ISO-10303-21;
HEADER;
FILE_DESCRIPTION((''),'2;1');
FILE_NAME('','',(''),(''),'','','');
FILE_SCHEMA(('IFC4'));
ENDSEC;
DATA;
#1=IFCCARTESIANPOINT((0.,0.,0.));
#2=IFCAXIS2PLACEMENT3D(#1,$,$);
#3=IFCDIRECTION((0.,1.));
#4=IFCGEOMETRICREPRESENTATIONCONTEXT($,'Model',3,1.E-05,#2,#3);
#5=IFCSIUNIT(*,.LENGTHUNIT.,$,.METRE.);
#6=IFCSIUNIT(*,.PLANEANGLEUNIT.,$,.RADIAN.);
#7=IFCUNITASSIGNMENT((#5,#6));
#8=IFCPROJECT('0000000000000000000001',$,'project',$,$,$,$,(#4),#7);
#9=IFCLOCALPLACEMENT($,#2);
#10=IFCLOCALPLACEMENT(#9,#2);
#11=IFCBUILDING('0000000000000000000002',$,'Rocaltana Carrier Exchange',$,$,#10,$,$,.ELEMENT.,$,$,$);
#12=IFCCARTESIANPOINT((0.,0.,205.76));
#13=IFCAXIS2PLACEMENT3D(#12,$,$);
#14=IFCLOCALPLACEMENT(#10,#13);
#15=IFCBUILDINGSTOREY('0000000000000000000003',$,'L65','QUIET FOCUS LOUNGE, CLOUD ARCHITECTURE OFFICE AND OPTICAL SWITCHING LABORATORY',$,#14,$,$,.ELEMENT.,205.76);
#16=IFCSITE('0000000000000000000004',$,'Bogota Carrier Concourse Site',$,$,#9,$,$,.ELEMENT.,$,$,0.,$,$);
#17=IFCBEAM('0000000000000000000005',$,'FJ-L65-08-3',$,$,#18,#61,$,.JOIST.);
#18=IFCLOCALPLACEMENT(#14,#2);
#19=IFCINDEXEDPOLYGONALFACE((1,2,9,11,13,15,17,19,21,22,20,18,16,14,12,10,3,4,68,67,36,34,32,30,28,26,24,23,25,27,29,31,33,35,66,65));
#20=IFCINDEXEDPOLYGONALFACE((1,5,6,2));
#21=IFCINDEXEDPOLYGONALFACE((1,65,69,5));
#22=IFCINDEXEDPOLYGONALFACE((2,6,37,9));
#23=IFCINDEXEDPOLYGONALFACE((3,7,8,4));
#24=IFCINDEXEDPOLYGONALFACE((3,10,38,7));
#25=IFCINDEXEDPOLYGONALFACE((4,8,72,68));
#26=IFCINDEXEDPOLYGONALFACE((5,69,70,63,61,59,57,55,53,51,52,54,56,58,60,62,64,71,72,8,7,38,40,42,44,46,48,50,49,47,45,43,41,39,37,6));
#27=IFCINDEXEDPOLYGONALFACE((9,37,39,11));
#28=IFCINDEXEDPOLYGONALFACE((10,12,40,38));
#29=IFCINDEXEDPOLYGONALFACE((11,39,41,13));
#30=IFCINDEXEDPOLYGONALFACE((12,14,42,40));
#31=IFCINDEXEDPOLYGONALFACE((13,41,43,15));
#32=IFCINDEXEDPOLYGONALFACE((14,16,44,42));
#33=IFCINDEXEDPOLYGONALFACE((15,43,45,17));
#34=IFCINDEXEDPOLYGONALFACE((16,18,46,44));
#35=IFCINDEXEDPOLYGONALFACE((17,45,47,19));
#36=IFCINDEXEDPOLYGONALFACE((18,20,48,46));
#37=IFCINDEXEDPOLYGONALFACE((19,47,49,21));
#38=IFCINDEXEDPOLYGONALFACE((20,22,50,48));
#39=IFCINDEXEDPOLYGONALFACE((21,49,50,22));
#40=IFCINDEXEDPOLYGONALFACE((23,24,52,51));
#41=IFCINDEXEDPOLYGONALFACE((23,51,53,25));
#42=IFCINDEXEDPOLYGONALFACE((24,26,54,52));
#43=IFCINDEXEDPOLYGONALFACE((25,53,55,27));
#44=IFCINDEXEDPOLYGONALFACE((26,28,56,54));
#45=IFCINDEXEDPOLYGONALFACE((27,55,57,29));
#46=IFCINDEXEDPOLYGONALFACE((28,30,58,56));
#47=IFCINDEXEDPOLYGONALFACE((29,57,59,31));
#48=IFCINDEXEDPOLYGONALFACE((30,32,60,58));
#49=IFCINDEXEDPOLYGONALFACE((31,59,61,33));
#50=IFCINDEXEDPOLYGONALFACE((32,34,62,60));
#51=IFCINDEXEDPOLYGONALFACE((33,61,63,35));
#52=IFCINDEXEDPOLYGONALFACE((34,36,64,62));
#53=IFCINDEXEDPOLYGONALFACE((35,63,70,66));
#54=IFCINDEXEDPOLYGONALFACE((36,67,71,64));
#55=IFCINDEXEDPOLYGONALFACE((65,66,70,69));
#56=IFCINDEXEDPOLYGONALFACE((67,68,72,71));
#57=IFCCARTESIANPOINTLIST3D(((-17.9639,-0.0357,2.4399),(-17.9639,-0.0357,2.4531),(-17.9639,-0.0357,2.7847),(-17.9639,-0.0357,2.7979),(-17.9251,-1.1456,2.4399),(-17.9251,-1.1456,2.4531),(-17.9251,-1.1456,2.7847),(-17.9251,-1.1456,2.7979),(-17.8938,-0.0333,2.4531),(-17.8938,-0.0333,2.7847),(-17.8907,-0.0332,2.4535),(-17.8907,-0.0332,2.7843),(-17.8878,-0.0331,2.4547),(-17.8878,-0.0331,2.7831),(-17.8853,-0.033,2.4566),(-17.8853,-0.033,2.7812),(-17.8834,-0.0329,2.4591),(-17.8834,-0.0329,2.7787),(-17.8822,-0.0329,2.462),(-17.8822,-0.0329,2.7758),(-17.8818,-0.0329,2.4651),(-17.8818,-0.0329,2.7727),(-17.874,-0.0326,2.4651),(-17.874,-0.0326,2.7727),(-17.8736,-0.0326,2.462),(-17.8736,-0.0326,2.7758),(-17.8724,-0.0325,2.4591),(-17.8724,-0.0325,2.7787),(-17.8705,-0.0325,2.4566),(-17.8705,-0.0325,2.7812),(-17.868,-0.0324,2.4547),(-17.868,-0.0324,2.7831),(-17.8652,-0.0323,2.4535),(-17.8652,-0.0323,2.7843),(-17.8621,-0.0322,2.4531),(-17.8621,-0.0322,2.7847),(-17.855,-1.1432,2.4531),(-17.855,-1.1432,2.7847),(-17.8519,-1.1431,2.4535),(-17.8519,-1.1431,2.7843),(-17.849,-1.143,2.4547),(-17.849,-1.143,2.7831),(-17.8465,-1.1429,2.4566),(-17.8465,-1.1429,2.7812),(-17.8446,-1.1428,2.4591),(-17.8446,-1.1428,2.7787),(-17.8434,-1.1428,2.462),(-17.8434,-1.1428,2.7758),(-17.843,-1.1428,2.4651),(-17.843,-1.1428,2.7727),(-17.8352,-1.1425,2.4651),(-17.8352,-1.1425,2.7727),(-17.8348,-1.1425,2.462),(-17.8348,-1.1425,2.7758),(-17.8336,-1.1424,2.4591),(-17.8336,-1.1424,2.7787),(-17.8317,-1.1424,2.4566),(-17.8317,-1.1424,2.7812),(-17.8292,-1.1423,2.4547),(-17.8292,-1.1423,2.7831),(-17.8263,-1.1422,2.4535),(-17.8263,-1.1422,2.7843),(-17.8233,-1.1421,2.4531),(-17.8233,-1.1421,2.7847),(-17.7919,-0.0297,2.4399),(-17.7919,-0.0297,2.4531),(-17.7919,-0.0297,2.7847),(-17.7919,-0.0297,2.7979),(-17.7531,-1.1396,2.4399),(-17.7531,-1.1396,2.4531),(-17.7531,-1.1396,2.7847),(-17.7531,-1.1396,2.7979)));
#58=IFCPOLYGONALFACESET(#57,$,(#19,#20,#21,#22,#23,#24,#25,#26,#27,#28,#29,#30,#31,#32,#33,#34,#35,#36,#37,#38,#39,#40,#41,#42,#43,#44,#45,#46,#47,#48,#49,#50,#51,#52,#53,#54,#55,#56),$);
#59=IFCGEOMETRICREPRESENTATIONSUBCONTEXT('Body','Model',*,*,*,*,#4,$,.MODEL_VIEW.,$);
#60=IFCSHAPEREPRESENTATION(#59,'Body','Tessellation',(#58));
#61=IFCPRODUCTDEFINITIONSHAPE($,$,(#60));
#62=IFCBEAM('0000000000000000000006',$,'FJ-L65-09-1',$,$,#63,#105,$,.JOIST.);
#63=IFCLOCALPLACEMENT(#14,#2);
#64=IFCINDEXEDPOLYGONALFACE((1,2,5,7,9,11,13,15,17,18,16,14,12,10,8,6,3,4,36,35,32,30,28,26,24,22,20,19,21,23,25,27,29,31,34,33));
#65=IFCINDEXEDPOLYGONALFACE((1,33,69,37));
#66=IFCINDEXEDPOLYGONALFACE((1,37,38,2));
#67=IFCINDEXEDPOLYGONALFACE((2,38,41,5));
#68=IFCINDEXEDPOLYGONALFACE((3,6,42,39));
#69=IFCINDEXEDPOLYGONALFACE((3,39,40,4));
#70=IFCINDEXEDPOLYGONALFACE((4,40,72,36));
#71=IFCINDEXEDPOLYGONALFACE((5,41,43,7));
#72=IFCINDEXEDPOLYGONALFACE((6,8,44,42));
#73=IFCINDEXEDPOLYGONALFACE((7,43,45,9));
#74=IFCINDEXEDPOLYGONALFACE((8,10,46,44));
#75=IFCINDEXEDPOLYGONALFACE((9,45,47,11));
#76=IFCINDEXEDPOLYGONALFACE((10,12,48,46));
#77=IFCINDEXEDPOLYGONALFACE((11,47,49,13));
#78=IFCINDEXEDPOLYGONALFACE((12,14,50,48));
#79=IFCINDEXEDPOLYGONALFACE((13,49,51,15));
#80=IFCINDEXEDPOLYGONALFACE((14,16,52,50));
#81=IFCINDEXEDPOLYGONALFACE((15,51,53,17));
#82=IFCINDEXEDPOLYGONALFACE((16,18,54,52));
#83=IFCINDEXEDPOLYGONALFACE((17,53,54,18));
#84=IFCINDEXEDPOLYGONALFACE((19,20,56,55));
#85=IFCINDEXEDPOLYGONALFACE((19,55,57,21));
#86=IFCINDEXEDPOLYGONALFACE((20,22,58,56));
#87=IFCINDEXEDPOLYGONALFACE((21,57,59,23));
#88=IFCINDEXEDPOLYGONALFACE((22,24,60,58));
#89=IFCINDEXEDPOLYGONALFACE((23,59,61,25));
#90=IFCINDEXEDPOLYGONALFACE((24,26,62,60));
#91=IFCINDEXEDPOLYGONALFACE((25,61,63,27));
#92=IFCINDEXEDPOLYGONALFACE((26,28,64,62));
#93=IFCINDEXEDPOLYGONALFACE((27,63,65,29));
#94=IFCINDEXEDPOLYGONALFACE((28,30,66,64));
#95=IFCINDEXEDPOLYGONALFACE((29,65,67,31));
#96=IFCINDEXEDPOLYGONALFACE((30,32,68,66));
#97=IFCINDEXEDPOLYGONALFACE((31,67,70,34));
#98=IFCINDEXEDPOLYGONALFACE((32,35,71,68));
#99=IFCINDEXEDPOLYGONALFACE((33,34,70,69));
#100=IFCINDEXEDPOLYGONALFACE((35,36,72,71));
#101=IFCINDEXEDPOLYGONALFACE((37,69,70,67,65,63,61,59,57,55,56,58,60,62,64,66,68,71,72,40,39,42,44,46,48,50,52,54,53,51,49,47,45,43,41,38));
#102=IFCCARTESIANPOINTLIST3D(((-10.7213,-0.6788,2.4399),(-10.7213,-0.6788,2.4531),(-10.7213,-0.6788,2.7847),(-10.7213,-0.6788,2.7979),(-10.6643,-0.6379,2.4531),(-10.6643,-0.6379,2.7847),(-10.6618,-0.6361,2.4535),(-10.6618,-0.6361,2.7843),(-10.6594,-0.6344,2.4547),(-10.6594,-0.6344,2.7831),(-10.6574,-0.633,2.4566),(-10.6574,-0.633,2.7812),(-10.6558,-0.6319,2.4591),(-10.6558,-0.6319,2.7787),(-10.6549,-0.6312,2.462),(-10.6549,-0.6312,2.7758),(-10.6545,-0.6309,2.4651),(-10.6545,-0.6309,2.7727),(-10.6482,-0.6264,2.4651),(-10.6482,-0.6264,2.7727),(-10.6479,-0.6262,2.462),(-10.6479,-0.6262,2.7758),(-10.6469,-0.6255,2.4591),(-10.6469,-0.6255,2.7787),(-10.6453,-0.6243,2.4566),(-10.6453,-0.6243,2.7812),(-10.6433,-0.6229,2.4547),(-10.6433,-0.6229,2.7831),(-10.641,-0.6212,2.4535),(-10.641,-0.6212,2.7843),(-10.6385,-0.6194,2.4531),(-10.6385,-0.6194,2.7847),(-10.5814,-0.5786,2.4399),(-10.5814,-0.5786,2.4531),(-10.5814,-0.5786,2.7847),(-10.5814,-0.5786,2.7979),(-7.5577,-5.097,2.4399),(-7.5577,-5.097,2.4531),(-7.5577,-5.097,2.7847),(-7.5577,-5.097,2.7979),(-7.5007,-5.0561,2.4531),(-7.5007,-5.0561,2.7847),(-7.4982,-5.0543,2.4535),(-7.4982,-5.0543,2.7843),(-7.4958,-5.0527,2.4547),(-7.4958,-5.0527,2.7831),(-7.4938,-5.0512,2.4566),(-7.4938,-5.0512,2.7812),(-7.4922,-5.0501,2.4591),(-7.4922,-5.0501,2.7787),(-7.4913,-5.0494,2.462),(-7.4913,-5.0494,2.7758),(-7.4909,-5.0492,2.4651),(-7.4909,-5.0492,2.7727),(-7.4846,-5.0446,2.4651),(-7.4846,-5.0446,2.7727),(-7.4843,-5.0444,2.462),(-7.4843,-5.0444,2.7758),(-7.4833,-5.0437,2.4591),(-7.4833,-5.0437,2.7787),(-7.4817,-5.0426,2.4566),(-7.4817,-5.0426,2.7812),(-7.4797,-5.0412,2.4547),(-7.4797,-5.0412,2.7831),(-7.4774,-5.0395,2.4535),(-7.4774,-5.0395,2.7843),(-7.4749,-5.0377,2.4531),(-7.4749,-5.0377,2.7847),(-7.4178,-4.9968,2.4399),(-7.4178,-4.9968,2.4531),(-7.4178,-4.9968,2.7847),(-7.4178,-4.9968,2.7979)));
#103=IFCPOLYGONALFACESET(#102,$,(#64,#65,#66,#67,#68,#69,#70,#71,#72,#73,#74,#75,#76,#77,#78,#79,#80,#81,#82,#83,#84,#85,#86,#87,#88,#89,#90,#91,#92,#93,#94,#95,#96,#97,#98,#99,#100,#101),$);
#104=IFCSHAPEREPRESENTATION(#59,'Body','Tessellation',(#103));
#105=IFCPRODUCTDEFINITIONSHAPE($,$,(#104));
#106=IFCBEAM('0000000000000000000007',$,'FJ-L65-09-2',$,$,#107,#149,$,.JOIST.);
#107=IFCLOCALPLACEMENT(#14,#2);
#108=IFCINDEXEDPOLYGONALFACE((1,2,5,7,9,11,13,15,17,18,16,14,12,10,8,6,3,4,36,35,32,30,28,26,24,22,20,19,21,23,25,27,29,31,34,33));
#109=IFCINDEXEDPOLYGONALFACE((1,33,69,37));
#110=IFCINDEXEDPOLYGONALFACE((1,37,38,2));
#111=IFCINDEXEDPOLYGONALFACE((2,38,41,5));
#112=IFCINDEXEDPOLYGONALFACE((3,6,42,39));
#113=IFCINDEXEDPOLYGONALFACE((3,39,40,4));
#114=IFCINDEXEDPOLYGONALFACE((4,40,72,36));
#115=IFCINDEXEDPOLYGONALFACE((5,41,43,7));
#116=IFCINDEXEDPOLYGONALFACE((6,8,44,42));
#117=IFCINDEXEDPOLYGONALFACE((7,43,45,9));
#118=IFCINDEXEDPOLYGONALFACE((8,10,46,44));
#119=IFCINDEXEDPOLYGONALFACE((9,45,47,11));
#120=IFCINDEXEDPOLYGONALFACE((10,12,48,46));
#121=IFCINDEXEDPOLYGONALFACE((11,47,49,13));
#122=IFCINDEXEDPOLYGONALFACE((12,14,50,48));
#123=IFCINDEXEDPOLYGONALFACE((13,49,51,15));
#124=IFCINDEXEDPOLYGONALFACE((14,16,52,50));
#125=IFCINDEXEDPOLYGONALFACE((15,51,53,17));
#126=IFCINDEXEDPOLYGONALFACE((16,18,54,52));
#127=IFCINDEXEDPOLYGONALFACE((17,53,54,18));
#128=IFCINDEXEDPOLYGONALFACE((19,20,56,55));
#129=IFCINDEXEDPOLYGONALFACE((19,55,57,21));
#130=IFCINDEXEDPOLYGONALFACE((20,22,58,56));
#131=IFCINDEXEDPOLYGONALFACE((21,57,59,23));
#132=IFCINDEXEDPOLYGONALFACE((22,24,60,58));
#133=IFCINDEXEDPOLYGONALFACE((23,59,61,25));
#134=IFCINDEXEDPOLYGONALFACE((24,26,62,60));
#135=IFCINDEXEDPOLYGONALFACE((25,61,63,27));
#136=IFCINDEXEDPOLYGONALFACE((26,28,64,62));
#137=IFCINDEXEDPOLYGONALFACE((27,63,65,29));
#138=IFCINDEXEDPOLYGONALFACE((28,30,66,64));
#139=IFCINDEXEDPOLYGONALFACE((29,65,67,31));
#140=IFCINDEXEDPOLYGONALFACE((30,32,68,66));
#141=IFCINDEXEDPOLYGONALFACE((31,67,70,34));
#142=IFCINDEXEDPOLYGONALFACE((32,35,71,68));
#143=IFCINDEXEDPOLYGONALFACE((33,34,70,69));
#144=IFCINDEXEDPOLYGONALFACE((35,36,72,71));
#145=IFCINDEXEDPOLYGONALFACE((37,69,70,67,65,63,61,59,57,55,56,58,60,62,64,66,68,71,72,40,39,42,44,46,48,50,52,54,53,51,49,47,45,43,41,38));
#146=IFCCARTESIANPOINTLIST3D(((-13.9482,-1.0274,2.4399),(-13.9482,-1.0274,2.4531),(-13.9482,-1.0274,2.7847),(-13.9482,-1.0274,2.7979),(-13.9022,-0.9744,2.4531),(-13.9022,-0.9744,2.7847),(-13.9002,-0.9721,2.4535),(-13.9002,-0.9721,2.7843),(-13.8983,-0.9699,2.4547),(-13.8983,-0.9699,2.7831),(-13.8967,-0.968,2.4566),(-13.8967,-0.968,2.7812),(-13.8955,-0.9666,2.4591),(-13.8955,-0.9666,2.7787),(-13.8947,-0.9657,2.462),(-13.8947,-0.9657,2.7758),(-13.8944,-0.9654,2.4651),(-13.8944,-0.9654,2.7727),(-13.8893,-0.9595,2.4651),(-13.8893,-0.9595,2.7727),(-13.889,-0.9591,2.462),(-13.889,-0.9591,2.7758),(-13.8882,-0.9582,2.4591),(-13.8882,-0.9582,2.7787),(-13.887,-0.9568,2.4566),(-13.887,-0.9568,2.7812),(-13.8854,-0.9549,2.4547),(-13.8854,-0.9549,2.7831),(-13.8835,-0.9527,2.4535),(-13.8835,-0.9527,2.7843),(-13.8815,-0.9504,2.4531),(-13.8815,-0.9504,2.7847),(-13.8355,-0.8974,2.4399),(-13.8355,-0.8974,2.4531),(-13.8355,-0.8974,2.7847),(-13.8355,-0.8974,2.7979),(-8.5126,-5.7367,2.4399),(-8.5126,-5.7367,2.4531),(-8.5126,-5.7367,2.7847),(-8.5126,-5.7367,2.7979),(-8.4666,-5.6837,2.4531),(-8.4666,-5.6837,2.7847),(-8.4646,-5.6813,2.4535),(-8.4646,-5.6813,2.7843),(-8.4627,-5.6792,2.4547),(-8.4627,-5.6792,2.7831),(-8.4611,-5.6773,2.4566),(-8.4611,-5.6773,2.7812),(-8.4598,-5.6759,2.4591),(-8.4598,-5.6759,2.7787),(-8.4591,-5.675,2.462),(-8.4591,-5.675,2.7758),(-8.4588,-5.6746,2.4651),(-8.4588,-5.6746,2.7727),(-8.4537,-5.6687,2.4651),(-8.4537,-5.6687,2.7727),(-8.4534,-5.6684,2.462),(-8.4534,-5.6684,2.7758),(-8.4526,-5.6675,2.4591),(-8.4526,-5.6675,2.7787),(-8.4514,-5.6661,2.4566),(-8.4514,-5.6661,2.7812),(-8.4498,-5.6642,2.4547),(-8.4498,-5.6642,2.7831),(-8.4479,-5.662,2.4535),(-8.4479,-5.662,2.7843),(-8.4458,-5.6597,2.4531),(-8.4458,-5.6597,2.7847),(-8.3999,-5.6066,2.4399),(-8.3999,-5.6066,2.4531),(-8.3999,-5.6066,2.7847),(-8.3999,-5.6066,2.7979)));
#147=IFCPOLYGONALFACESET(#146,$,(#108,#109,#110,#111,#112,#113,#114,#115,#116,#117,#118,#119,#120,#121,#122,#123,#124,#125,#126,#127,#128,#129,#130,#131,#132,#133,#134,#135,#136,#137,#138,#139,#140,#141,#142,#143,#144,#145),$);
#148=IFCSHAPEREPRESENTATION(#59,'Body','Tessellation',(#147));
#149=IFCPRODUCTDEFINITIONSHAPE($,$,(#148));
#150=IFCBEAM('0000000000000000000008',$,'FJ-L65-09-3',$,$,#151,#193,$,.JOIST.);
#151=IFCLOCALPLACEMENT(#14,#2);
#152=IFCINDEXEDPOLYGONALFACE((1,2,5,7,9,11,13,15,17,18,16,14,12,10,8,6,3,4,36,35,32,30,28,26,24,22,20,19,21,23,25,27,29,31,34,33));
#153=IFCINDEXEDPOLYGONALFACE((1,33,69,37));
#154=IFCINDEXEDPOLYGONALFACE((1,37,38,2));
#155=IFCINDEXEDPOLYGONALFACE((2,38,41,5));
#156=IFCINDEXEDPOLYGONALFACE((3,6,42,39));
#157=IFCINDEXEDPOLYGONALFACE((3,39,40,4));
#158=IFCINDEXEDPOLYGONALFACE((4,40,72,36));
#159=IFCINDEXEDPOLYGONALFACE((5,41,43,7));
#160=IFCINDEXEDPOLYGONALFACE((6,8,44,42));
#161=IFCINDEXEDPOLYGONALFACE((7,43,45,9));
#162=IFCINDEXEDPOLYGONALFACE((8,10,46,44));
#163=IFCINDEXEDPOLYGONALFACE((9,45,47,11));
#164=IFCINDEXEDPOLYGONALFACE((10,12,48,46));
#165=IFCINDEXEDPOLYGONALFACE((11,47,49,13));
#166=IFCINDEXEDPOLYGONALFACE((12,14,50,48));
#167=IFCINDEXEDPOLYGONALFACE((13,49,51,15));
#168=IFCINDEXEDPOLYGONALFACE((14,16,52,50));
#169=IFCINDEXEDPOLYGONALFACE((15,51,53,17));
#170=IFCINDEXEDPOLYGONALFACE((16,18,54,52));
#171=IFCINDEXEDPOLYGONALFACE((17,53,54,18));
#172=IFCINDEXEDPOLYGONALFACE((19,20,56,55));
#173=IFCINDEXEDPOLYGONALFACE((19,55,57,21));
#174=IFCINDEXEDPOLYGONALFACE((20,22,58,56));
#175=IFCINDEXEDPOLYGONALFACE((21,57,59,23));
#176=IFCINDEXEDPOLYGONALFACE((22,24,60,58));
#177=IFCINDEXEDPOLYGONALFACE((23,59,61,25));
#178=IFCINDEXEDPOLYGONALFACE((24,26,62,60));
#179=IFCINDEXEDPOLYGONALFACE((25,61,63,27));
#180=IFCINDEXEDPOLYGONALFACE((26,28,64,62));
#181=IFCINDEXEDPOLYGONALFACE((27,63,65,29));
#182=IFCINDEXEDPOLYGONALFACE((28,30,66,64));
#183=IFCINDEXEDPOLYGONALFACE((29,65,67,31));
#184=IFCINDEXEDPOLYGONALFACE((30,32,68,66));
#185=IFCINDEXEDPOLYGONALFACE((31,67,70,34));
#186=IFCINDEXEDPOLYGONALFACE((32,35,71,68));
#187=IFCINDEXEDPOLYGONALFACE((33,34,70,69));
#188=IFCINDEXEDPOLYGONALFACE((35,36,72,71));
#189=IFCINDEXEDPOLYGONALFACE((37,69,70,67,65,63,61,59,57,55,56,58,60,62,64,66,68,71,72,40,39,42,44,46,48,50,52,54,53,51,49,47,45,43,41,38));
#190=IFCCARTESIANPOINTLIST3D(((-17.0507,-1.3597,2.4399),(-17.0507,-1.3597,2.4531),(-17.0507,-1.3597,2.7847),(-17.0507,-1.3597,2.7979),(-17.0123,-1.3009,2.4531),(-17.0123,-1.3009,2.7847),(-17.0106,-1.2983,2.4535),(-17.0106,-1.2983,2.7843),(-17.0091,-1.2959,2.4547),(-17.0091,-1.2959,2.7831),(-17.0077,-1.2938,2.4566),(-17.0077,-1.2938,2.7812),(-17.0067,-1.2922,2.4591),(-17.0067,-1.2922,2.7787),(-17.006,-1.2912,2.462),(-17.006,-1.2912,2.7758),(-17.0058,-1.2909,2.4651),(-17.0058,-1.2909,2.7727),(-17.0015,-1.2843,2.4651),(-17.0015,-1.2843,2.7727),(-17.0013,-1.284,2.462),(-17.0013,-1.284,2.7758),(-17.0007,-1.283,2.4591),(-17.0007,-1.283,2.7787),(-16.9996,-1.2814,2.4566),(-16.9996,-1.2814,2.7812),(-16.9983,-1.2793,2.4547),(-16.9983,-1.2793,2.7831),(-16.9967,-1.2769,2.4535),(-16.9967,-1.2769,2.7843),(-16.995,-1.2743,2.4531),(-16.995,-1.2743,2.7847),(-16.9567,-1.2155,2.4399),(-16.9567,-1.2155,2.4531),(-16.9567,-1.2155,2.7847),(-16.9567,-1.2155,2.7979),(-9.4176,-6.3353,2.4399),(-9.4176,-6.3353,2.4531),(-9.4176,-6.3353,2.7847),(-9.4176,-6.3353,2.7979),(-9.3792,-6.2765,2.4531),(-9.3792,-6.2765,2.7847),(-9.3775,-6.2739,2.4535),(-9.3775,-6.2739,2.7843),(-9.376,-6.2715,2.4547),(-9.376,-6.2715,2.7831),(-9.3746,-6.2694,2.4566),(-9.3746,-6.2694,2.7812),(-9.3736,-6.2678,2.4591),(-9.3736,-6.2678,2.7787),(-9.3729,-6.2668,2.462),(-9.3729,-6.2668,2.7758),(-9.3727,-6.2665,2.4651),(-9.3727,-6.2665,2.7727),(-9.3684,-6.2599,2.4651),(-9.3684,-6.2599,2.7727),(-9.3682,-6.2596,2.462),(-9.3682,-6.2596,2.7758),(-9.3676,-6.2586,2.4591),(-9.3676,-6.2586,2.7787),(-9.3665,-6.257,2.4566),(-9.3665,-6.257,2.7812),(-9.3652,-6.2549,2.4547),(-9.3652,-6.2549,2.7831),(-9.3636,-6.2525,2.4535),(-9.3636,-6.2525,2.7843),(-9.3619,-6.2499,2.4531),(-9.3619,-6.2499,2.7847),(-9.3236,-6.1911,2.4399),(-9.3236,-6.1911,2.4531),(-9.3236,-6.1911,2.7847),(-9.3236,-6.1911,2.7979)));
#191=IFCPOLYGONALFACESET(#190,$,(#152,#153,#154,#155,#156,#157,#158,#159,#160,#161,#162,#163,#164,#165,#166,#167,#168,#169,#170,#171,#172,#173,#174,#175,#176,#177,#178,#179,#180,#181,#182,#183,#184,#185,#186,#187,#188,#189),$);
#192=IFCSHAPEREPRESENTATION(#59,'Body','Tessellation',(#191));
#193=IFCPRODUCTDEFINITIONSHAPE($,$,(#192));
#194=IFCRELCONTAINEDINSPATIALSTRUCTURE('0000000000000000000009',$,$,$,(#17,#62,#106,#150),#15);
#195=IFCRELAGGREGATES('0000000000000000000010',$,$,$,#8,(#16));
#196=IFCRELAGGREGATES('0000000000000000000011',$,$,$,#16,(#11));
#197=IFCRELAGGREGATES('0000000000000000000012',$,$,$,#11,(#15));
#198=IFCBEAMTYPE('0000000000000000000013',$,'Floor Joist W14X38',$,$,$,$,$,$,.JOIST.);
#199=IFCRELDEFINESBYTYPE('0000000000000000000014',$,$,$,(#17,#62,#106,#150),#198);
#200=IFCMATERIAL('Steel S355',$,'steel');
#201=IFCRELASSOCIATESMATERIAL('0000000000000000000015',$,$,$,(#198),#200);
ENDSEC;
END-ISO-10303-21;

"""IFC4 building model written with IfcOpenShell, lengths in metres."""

from ifc_helpers import new_model, si_unit, direction, frame, origin, origin_2d, place, context, subcontext, project, spatial, i_section, extrude, material, material_profile, profile_set, type_object, element, save


model = new_model("IFC4")

# Units and contexts
model_context = context("Model", 3, precision=1e-05, world=origin(), true_north=direction((0.0, 1.0)))
body_context = subcontext(model_context, "Body", "Model", "MODEL_VIEW")
ifc_project = project(units=[si_unit("LENGTHUNIT", "METRE"), si_unit("PLANEANGLEUNIT", "RADIAN")], contexts=[model_context])

# Site, building, storey
site_placement = place(None, origin())
site = spatial("IfcSite", under=ifc_project, at=site_placement, Name="Bogota Carrier Concourse Site", CompositionType="ELEMENT", RefElevation=0.0)
building_placement = place(site_placement, origin())
building = spatial("IfcBuilding", under=site, at=building_placement, Name="Rocaltana Carrier Exchange", CompositionType="ELEMENT")
storey_placement = place(building_placement, frame((0.0, 0.0, 205.76)))
storey = spatial("IfcBuildingStorey", under=building, at=storey_placement, Name="L65", Description="QUIET FOCUS LOUNGE, CLOUD ARCHITECTURE OFFICE AND OPTICAL SWITCHING LABORATORY", CompositionType="ELEMENT", Elevation=205.76)

# Beams
ifc_material_1 = material(Name="Steel S355", Category="steel")
ifc_material_profile_1 = material_profile(ifc_material_1, i_section(OverallWidth=0.1721, OverallDepth=0.3579, WebThickness=0.0078, FlangeThickness=0.0132, FilletRadius=0.012, at=origin_2d()), Name="W14X38")
ifc_profile_set_1 = profile_set([ifc_material_profile_1], Name="Steel S355")
beam_type_1 = type_object("IfcBeamType", Name="Floor Joist W14X38", PredefinedType="JOIST", material=ifc_profile_set_1)
beam_1_placement = place(storey_placement, frame((-17.8779, -0.0327, 2.6189), z_axis=(0.034954, -0.999389, 0.0), x_axis=(0.999389, 0.034954, 0.0)))
element("IfcBeam", 1, at=beam_1_placement, inside=storey, type_object=beam_type_1, Name="FJ-L65-08-3", PredefinedType="JOIST", context=body_context, shape_type="SweptSolid", body=[
    extrude(i_section(OverallWidth=0.1721, OverallDepth=0.3579, WebThickness=0.0078, FlangeThickness=0.0132, FilletRadius=0.012, at=origin_2d()), origin(), (0.0, 0.0, 1.0), 1.1106),
])
beam_2_placement = place(storey_placement, frame((-10.6514, -0.6287, 2.6189), z_axis=(0.582177, -0.813062, 0.0), x_axis=(0.813062, 0.582177, 0.0)))
element("IfcBeam", 2, at=beam_2_placement, inside=storey, type_object=beam_type_1, Name="FJ-L65-09-1", PredefinedType="JOIST", context=body_context, shape_type="SweptSolid", body=[
    extrude(i_section(OverallWidth=0.1721, OverallDepth=0.3579, WebThickness=0.0078, FlangeThickness=0.0132, FilletRadius=0.012, at=origin_2d()), origin(), (0.0, 0.0, 1.0), 5.4341),
])
beam_3_placement = place(storey_placement, frame((-13.8918, -0.9624, 2.6189), z_axis=(0.755798, -0.654805, 0.0), x_axis=(0.654805, 0.755798, 0.0)))
element("IfcBeam", 3, at=beam_3_placement, inside=storey, type_object=beam_type_1, Name="FJ-L65-09-2", PredefinedType="JOIST", context=body_context, shape_type="SweptSolid", body=[
    extrude(i_section(OverallWidth=0.1721, OverallDepth=0.3579, WebThickness=0.0078, FlangeThickness=0.0132, FilletRadius=0.012, at=origin_2d()), origin(), (0.0, 0.0, 1.0), 7.1919),
])
beam_4_placement = place(storey_placement, frame((-17.0037, -1.2876, 2.6189), z_axis=(0.837736, -0.546076, 0.0), x_axis=(0.546076, 0.837736, 0.0)))
element("IfcBeam", 4, at=beam_4_placement, inside=storey, type_object=beam_type_1, Name="FJ-L65-09-3", PredefinedType="JOIST", context=body_context, shape_type="SweptSolid", body=[
    extrude(i_section(OverallWidth=0.1721, OverallDepth=0.3579, WebThickness=0.0078, FlangeThickness=0.0132, FilletRadius=0.012, at=origin_2d()), origin(), (0.0, 0.0, 1.0), 9.1116),
])

save(model, "model.ifc")
